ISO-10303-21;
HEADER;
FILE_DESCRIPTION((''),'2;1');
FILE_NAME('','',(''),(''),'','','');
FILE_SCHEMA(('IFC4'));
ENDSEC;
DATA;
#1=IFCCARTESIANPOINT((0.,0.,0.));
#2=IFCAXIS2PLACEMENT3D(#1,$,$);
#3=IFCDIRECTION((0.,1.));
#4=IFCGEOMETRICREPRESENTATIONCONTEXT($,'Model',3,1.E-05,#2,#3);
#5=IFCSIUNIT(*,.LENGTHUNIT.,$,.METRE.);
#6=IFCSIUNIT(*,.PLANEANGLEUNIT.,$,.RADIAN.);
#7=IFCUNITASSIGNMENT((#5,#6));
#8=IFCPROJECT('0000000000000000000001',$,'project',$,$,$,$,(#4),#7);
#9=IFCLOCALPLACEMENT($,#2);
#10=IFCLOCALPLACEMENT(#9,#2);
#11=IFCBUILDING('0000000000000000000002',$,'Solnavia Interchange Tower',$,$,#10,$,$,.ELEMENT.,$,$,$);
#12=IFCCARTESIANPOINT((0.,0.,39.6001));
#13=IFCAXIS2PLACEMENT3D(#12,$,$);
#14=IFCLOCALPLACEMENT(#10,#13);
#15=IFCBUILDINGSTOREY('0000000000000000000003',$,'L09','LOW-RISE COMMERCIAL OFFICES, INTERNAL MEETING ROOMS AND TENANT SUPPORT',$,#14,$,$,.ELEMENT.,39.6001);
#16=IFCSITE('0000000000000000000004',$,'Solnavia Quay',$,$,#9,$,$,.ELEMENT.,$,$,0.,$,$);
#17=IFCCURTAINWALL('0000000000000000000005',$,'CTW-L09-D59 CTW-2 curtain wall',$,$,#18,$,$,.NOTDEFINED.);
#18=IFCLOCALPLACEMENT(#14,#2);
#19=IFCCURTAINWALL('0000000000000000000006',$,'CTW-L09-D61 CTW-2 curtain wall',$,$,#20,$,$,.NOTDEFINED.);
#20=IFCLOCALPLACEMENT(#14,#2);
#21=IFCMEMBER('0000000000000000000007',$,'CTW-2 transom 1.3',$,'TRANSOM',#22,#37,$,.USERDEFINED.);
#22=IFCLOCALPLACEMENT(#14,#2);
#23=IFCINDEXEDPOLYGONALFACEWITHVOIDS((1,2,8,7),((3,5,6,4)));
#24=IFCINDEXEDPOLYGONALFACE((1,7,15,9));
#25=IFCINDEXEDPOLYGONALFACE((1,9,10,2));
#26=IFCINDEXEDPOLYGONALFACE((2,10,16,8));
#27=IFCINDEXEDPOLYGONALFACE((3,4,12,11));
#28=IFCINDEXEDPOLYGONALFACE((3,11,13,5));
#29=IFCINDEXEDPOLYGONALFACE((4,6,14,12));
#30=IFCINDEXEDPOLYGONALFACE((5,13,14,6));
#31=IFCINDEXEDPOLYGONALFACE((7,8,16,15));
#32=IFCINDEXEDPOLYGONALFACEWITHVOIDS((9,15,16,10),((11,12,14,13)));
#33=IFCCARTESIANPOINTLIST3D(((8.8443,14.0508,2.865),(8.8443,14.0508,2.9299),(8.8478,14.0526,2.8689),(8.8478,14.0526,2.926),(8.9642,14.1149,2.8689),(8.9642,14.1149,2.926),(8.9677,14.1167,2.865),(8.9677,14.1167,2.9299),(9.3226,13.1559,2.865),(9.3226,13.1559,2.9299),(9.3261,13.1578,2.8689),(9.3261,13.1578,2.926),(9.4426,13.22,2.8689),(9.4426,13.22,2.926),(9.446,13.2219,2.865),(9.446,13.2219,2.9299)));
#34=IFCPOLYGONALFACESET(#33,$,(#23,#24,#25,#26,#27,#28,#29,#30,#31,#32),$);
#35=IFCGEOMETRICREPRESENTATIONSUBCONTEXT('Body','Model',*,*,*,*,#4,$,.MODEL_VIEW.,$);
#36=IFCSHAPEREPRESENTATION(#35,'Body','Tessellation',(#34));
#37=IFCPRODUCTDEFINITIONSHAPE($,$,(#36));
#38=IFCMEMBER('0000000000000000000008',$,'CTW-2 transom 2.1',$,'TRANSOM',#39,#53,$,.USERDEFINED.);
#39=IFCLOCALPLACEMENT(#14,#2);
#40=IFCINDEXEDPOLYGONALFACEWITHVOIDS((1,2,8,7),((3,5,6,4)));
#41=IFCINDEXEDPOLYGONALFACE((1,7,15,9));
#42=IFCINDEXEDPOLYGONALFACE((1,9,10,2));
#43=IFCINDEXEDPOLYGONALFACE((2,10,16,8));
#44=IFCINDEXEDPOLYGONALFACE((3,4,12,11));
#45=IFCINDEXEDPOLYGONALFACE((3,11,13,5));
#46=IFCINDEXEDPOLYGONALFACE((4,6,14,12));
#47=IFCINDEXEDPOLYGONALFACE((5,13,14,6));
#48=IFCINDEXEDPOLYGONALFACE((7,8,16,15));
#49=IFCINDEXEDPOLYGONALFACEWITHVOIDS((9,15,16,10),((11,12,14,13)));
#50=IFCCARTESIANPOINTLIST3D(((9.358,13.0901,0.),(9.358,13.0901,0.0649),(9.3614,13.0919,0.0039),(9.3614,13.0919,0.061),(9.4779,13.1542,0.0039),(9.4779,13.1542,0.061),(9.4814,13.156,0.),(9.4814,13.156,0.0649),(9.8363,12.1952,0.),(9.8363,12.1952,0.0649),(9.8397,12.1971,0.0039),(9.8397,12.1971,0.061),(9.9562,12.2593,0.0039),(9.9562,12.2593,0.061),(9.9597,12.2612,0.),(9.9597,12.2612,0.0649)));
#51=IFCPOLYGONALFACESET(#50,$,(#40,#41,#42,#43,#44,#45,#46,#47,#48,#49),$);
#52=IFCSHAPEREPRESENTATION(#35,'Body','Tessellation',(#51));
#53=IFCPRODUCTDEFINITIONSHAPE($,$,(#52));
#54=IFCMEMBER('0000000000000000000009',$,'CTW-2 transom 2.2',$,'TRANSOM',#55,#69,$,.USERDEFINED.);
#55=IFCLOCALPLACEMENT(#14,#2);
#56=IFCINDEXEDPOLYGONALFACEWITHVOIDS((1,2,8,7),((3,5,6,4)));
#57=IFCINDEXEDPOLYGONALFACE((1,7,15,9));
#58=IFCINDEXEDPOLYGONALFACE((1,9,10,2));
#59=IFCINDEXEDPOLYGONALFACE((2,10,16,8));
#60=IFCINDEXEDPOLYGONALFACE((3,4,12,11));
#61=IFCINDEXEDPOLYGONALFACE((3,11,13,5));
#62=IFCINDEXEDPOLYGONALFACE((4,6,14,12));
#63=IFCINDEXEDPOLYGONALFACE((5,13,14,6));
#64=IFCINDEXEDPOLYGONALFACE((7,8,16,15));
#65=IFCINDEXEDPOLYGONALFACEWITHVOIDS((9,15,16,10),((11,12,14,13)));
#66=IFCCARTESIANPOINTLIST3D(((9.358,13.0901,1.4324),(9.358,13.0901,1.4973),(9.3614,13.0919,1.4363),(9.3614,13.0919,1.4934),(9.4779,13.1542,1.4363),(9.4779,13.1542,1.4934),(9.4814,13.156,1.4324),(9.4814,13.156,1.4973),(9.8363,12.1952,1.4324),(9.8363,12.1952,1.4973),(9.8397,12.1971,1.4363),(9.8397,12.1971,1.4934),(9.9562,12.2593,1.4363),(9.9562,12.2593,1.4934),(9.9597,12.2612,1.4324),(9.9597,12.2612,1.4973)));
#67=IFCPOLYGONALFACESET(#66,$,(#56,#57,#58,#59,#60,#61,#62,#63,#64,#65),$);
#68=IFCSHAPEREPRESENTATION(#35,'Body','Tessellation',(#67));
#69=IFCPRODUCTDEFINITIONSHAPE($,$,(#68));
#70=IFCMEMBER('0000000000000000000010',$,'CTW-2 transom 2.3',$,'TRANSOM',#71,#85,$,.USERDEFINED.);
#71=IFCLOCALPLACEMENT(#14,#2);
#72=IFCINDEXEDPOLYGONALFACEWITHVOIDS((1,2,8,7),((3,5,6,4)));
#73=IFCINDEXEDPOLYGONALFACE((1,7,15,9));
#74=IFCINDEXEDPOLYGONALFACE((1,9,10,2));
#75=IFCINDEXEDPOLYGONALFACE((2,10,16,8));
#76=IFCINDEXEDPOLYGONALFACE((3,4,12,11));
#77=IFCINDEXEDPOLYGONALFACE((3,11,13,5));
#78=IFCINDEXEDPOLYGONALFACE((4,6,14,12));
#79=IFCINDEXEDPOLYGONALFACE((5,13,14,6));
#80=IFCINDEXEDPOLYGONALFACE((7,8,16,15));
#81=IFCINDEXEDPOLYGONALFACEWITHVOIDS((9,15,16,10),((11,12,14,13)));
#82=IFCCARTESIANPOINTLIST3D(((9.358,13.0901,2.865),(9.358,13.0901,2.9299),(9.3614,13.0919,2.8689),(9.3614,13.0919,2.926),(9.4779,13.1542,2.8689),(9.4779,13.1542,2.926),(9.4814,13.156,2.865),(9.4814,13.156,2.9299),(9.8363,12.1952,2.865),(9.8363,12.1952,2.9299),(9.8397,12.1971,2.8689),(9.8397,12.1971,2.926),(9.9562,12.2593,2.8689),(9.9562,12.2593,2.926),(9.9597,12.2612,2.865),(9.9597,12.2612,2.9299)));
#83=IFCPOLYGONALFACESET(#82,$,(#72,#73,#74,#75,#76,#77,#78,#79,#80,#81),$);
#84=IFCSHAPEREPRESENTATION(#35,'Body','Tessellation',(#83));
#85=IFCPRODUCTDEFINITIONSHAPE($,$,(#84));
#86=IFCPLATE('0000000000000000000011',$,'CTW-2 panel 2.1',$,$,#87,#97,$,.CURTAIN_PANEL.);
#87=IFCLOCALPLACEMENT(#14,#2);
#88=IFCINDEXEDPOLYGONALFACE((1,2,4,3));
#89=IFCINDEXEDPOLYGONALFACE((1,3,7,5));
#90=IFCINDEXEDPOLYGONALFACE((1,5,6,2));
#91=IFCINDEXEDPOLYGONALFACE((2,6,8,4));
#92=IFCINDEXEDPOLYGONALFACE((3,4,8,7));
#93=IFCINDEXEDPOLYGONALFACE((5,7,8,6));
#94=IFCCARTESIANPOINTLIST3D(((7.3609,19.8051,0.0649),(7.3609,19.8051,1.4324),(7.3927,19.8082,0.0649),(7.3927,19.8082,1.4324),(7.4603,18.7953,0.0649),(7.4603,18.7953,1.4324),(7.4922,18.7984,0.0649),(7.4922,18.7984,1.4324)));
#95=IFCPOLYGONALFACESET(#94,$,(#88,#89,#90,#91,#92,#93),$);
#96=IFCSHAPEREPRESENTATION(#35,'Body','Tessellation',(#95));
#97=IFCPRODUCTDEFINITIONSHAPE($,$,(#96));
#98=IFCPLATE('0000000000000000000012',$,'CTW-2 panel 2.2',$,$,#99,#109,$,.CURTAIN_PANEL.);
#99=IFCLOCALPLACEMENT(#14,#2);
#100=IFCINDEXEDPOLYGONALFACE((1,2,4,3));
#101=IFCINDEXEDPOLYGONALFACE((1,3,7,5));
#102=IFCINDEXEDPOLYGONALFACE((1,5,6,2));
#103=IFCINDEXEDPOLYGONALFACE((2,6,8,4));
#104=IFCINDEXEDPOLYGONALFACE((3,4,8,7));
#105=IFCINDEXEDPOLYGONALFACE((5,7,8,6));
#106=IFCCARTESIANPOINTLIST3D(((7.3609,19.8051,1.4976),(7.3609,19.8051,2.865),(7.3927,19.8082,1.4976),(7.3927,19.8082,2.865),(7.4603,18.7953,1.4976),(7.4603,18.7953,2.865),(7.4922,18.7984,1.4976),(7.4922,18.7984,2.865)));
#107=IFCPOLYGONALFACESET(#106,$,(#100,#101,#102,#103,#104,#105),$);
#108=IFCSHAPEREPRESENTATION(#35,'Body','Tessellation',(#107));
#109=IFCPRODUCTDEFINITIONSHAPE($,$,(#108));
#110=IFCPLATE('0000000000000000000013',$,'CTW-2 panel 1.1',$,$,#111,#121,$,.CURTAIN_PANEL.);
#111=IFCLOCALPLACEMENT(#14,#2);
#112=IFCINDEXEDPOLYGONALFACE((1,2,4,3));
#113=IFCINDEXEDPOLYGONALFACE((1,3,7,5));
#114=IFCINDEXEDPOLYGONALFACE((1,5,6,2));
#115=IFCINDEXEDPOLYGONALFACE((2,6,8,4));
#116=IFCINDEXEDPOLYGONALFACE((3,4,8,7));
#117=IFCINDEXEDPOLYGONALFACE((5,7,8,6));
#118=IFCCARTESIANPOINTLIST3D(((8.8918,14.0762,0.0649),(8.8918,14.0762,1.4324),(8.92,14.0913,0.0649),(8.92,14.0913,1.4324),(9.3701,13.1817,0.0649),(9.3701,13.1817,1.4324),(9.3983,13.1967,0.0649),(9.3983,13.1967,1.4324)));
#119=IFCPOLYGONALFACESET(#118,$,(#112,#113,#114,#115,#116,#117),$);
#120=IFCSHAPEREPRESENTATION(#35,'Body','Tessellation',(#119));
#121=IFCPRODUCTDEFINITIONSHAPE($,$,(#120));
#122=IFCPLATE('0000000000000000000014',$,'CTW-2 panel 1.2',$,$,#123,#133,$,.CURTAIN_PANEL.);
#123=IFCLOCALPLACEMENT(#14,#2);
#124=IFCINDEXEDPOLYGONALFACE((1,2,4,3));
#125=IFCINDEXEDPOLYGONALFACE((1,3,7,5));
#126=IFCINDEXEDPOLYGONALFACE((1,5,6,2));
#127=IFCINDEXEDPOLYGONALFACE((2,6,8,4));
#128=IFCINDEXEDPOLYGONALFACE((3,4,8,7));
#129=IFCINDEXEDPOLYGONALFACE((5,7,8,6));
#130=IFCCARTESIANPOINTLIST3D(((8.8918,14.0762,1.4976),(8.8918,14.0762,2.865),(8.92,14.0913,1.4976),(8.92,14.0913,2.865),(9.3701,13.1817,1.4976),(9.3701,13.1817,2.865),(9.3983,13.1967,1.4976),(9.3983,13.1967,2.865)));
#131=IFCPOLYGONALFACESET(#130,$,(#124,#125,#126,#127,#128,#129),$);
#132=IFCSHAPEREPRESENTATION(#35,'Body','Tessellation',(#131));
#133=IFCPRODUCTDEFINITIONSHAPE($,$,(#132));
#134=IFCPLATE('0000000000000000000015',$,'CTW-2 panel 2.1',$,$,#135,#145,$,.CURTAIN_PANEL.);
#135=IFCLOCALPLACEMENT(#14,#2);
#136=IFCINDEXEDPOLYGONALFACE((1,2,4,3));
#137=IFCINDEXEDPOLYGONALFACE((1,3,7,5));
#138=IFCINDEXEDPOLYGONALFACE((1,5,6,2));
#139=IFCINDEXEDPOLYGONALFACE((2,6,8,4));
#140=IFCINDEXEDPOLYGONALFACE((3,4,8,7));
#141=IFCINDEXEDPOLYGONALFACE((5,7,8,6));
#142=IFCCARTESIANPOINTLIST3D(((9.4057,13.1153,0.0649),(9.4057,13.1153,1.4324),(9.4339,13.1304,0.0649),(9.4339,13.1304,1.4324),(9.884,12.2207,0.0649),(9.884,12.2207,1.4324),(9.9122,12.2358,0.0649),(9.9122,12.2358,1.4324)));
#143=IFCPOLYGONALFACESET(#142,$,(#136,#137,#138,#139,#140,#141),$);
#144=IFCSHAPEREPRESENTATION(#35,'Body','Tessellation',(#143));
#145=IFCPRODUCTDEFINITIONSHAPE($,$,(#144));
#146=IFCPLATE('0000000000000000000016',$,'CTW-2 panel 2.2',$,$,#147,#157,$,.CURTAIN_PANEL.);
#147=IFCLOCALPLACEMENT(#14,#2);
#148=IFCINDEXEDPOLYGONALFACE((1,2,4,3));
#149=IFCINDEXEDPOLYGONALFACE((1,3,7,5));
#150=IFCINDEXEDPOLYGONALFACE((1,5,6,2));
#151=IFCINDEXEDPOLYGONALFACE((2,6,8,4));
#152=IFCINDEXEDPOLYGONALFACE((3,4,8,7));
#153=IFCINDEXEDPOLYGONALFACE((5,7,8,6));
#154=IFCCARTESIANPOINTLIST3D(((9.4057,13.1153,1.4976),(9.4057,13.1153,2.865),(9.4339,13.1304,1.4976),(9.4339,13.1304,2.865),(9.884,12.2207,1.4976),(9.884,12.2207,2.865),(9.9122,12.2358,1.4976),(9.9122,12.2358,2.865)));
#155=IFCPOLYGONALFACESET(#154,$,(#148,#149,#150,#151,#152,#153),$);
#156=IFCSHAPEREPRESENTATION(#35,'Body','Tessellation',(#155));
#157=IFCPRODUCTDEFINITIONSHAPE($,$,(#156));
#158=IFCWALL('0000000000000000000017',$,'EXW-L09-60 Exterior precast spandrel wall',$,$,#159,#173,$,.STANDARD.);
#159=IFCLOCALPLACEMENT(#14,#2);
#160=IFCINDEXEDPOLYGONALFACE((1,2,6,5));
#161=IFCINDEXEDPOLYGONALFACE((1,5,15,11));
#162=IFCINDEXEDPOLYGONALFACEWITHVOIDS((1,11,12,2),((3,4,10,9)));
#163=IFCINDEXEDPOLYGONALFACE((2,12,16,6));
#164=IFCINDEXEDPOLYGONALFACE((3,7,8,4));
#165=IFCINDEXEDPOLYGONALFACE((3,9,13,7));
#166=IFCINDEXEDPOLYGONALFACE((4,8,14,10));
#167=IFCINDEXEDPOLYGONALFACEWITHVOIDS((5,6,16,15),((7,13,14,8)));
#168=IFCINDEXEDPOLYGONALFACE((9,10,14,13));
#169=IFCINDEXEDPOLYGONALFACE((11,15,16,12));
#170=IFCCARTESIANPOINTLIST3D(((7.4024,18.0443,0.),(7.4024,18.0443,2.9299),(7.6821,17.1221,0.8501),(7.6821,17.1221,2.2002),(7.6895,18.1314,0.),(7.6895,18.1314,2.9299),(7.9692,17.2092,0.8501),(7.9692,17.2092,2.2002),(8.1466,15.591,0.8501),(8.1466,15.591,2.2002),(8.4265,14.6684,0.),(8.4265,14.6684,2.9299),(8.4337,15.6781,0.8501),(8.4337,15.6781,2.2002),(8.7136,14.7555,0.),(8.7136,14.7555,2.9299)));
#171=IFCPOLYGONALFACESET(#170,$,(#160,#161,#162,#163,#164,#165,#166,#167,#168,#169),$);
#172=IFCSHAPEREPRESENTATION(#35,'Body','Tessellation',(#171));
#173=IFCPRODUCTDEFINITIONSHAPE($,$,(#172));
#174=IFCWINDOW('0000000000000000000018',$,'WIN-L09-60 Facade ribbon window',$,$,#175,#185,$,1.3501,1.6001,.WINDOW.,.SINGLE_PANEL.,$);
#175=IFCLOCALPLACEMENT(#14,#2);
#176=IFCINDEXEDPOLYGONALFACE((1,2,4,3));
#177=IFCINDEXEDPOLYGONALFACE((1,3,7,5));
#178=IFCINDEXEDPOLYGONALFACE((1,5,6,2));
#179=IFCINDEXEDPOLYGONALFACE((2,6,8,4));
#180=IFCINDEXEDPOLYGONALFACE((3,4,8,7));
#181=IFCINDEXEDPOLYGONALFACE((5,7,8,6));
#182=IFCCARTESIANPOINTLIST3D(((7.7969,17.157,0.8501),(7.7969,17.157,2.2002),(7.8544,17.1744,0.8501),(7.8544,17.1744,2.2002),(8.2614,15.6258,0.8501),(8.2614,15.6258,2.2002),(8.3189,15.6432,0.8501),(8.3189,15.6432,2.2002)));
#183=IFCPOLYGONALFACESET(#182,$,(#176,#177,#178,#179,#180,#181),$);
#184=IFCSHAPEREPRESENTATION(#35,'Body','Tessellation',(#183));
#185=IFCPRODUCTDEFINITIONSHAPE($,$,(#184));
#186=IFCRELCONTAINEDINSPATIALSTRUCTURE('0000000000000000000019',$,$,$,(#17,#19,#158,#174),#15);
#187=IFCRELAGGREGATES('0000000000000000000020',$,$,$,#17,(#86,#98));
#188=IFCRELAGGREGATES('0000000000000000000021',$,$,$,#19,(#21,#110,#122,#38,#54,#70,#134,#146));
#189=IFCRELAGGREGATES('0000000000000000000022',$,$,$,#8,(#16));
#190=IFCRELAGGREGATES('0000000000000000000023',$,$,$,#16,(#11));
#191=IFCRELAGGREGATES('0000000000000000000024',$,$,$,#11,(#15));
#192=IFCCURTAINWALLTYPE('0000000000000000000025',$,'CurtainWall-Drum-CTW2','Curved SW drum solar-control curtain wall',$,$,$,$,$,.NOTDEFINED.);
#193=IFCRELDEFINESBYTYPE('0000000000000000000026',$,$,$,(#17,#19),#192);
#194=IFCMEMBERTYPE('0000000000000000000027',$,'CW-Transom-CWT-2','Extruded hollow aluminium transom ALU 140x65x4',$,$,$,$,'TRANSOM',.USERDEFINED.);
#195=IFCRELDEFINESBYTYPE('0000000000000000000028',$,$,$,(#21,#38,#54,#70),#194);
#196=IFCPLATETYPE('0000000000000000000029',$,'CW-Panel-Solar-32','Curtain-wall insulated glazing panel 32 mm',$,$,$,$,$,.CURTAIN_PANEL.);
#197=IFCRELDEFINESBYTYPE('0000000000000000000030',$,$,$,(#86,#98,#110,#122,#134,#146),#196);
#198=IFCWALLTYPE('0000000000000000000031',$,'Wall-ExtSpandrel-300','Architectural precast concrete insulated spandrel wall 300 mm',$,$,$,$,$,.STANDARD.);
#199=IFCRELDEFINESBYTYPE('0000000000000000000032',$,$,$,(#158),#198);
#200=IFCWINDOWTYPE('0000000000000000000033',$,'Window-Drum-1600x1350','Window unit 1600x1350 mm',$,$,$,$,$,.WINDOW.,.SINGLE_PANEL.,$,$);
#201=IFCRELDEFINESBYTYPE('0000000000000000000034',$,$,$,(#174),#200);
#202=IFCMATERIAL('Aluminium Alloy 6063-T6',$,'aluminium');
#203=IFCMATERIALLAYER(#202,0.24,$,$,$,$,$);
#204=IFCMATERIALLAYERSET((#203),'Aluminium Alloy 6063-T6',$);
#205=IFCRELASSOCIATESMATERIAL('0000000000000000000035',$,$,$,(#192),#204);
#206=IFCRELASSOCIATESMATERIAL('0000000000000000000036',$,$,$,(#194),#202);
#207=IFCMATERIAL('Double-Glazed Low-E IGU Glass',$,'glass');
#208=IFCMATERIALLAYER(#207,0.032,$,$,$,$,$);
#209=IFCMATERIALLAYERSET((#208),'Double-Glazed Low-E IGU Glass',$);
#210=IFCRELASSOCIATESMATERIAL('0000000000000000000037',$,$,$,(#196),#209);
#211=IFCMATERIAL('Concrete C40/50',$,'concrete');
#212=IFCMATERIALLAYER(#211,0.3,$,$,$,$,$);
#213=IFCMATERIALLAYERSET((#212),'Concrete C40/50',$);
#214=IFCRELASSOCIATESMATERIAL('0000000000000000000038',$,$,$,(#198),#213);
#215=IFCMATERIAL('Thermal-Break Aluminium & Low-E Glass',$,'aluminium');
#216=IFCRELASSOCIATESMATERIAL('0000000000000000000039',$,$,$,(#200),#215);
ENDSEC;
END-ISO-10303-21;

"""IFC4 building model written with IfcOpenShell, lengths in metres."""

from ifc_helpers import new_model, si_unit, direction, frame, frame_2d, origin, origin_2d, place, context, subcontext, project, spatial, rectangle, hollow_rectangle, extrude, material, layer, layer_set, material_profile, profile_set, type_object, element, fill, aggregate, save


model = new_model("IFC4")

# Units and contexts
model_context = context("Model", 3, precision=1e-05, world=origin(), true_north=direction((0.0, 1.0)))
body_context = subcontext(model_context, "Body", "Model", "MODEL_VIEW")
ifc_project = project(units=[si_unit("LENGTHUNIT", "METRE"), si_unit("PLANEANGLEUNIT", "RADIAN")], contexts=[model_context])

# Site, building, storey
site_placement = place(None, origin())
site = spatial("IfcSite", under=ifc_project, at=site_placement, Name="Solnavia Quay", CompositionType="ELEMENT", RefElevation=0.0)
building_placement = place(site_placement, origin())
building = spatial("IfcBuilding", under=site, at=building_placement, Name="Solnavia Interchange Tower", CompositionType="ELEMENT")
storey_placement = place(building_placement, frame((0.0, 0.0, 39.6001)))
storey = spatial("IfcBuildingStorey", under=building, at=storey_placement, Name="L09", Description="LOW-RISE COMMERCIAL OFFICES, INTERNAL MEETING ROOMS AND TENANT SUPPORT", CompositionType="ELEMENT", Elevation=39.6001)

# Curtain wall
ifc_material_1 = material(Name="Aluminium Alloy 6063-T6", Category="aluminium")
ifc_layer_1 = layer(ifc_material_1, 0.24)
ifc_layer_set_1 = layer_set([ifc_layer_1], Name="Aluminium Alloy 6063-T6")
curtain_wall_type = type_object("IfcCurtainWallType", Name="CurtainWall-Drum-CTW2", Description="Curved SW drum solar-control curtain wall", PredefinedType="NOTDEFINED", material=ifc_layer_set_1)
curtain_wall_1_placement = place(storey_placement, origin())
curtain_wall_1 = element("IfcCurtainWall", 1, at=curtain_wall_1_placement, inside=storey, type_object=curtain_wall_type, Name="CTW-L09-D59 CTW-2 curtain wall", PredefinedType="NOTDEFINED")

# Curtain wall, members
curtain_wall_2_placement = place(storey_placement, origin())
curtain_wall_2 = element("IfcCurtainWall", 2, at=curtain_wall_2_placement, inside=storey, type_object=curtain_wall_type, Name="CTW-L09-D61 CTW-2 curtain wall", PredefinedType="NOTDEFINED")
ifc_material_profile_1 = material_profile(ifc_material_1, hollow_rectangle(XDim=0.0649, YDim=0.1399, WallThickness=0.0039, at=origin_2d()), Name="ALU 140x65x4")
ifc_profile_set_1 = profile_set([ifc_material_profile_1], Name="Aluminium Alloy 6063-T6")
member_type_1 = type_object("IfcMemberType", Name="CW-Transom-CWT-2", Description="Extruded hollow aluminium transom ALU 140x65x4", ElementType="TRANSOM", PredefinedType="USERDEFINED", material=ifc_profile_set_1)
member_1_placement = place(storey_placement, frame((8.906, 14.0837, 2.8975), z_axis=(0.4714, -0.88192, 0.0), x_axis=(0.0, 0.0, 1.0)))
member_1 = element("IfcMember", 3, at=member_1_placement, type_object=member_type_1, Name="CTW-2 transom 1.3", ObjectType="TRANSOM", PredefinedType="USERDEFINED", context=body_context, shape_type="SweptSolid", body=[
    extrude(hollow_rectangle(XDim=0.0649, YDim=0.1399, WallThickness=0.0039, at=origin_2d()), origin(), (0.0, 0.0, 1.0), 1.0146),
])
member_2_placement = place(storey_placement, frame((9.4197, 13.123, 0.0325), z_axis=(0.4714, -0.88192, 0.0), x_axis=(0.0, 0.0, 1.0)))
member_2 = element("IfcMember", 4, at=member_2_placement, type_object=member_type_1, Name="CTW-2 transom 2.1", ObjectType="TRANSOM", PredefinedType="USERDEFINED", context=body_context, shape_type="SweptSolid", body=[
    extrude(hollow_rectangle(XDim=0.0649, YDim=0.1399, WallThickness=0.0039, at=origin_2d()), origin(), (0.0, 0.0, 1.0), 1.0146),
])
member_3_placement = place(storey_placement, frame((9.4197, 13.123, 1.4648), z_axis=(0.4714, -0.88192, 0.0), x_axis=(0.0, 0.0, 1.0)))
member_3 = element("IfcMember", 5, at=member_3_placement, type_object=member_type_1, Name="CTW-2 transom 2.2", ObjectType="TRANSOM", PredefinedType="USERDEFINED", context=body_context, shape_type="SweptSolid", body=[
    extrude(hollow_rectangle(XDim=0.0649, YDim=0.1399, WallThickness=0.0039, at=origin_2d()), origin(), (0.0, 0.0, 1.0), 1.0146),
])
member_4_placement = place(storey_placement, frame((9.4197, 13.123, 2.8975), z_axis=(0.4714, -0.88192, 0.0), x_axis=(0.0, 0.0, 1.0)))
member_4 = element("IfcMember", 6, at=member_4_placement, type_object=member_type_1, Name="CTW-2 transom 2.3", ObjectType="TRANSOM", PredefinedType="USERDEFINED", context=body_context, shape_type="SweptSolid", body=[
    extrude(hollow_rectangle(XDim=0.0649, YDim=0.1399, WallThickness=0.0039, at=origin_2d()), origin(), (0.0, 0.0, 1.0), 1.0146),
])

# Plates
ifc_material_2 = material(Name="Double-Glazed Low-E IGU Glass", Category="glass")
ifc_layer_2 = layer(ifc_material_2, 0.032)
ifc_layer_set_2 = layer_set([ifc_layer_2], Name="Double-Glazed Low-E IGU Glass")
plate_type = type_object("IfcPlateType", Name="CW-Panel-Solar-32", Description="Curtain-wall insulated glazing panel 32 mm", PredefinedType="CURTAIN_PANEL", material=ifc_layer_set_2)
plate_1_placement = place(storey_placement, frame((7.4265, 19.3018, 0.0649), z_axis=(0.0, 0.0, 1.0), x_axis=(0.098045, -0.995182, 0.0)))
plate_1 = element("IfcPlate", 7, at=plate_1_placement, type_object=plate_type, Name="CTW-2 panel 2.1", PredefinedType="CURTAIN_PANEL", context=body_context, shape_type="SweptSolid", body=[
    extrude(rectangle(XDim=1.0146, YDim=0.032, at=origin_2d()), origin(), (0.0, 0.0, 1.0), 1.3674),
])
plate_2_placement = place(storey_placement, frame((7.4265, 19.3018, 1.4976), z_axis=(0.0, 0.0, 1.0), x_axis=(0.098045, -0.995182, 0.0)))
plate_2 = element("IfcPlate", 8, at=plate_2_placement, type_object=plate_type, Name="CTW-2 panel 2.2", PredefinedType="CURTAIN_PANEL", context=body_context, shape_type="SweptSolid", body=[
    extrude(rectangle(XDim=1.0146, YDim=0.032, at=origin_2d()), origin(), (0.0, 0.0, 1.0), 1.3674),
])
aggregate(curtain_wall_1, [plate_1, plate_2])
plate_3_placement = place(storey_placement, frame((9.145, 13.6365, 0.0649), z_axis=(0.0, 0.0, 1.0), x_axis=(0.471537, -0.881846, 0.0)))
plate_3 = element("IfcPlate", 9, at=plate_3_placement, type_object=plate_type, Name="CTW-2 panel 1.1", PredefinedType="CURTAIN_PANEL", context=body_context, shape_type="SweptSolid", body=[
    extrude(rectangle(XDim=1.0144, YDim=0.032, at=origin_2d()), origin(), (0.0, 0.0, 1.0), 1.3674),
])
plate_4_placement = place(storey_placement, frame((9.145, 13.6365, 1.4976), z_axis=(0.0, 0.0, 1.0), x_axis=(0.471537, -0.881846, 0.0)))
plate_4 = element("IfcPlate", 10, at=plate_4_placement, type_object=plate_type, Name="CTW-2 panel 1.2", PredefinedType="CURTAIN_PANEL", context=body_context, shape_type="SweptSolid", body=[
    extrude(rectangle(XDim=1.0144, YDim=0.032, at=origin_2d()), origin(), (0.0, 0.0, 1.0), 1.3674),
])
plate_5_placement = place(storey_placement, frame((9.6589, 12.6755, 0.0649), z_axis=(0.0, 0.0, 1.0), x_axis=(0.471537, -0.881846, 0.0)))
plate_5 = element("IfcPlate", 11, at=plate_5_placement, type_object=plate_type, Name="CTW-2 panel 2.1", PredefinedType="CURTAIN_PANEL", context=body_context, shape_type="SweptSolid", body=[
    extrude(rectangle(XDim=1.0144, YDim=0.032, at=origin_2d()), origin(), (0.0, 0.0, 1.0), 1.3674),
])
plate_6_placement = place(storey_placement, frame((9.6589, 12.6755, 1.4976), z_axis=(0.0, 0.0, 1.0), x_axis=(0.471537, -0.881846, 0.0)))
plate_6 = element("IfcPlate", 12, at=plate_6_placement, type_object=plate_type, Name="CTW-2 panel 2.2", PredefinedType="CURTAIN_PANEL", context=body_context, shape_type="SweptSolid", body=[
    extrude(rectangle(XDim=1.0144, YDim=0.032, at=origin_2d()), origin(), (0.0, 0.0, 1.0), 1.3674),
])
aggregate(curtain_wall_2, [member_1, plate_3, plate_4, member_2, member_3, member_4, plate_5, plate_6])

# Wall, opening, window
ifc_material_3 = material(Name="Concrete C40/50", Category="concrete")
ifc_layer_3 = layer(ifc_material_3, 0.3)
ifc_layer_set_3 = layer_set([ifc_layer_3], Name="Concrete C40/50")
wall_type_1 = type_object("IfcWallType", Name="Wall-ExtSpandrel-300", Description="Architectural precast concrete insulated spandrel wall 300 mm", PredefinedType="STANDARD", material=ifc_layer_set_3)
wall_1_placement = place(storey_placement, frame((8.5701, 14.7119, 0.0), z_axis=(0.0, 0.0, 1.0), x_axis=(-0.290305, 0.956934, 0.0)))
wall_1 = element("IfcWall", 13, at=wall_1_placement, inside=storey, type_object=wall_type_1, Name="EXW-L09-60 Exterior precast spandrel wall", PredefinedType="STANDARD", context=body_context, shape_type="SweptSolid", body=[
    extrude(rectangle(XDim=3.5278, YDim=0.3, at=frame_2d((1.7639, 0.0))), origin(), (0.0, 0.0, 1.0), 2.9299),
])
opening_1_placement = place(wall_1_placement, frame((0.9641, 0.0, 0.8501)))
opening_1 = element("IfcOpeningElement", 14, at=opening_1_placement, cuts=wall_1, PredefinedType="OPENING", context=body_context, shape_type="SweptSolid", body=[
    extrude(rectangle(XDim=1.6001, YDim=1.3501, at=frame_2d((0.8, 0.675))), frame((0.0, 0.1602, 0.0), z_axis=(0.0, -1.0, 0.0), x_axis=(1.0, 0.0, 0.0)), (0.0, 0.0, 1.0), 0.3201),
])
ifc_material_4 = material(Name="Thermal-Break Aluminium & Low-E Glass", Category="aluminium")
window_type = type_object("IfcWindowType", Name="Window-Drum-1600x1350", Description="Window unit 1600x1350 mm", PartitioningType="SINGLE_PANEL", PredefinedType="WINDOW", material=ifc_material_4)
window_placement = place(opening_1_placement, origin())
window = element("IfcWindow", 15, at=window_placement, inside=storey, type_object=window_type, Name="WIN-L09-60 Facade ribbon window", OverallHeight=1.3501, OverallWidth=1.6001, PartitioningType="SINGLE_PANEL", PredefinedType="WINDOW", context=body_context, shape_type="SweptSolid", body=[
    extrude(rectangle(XDim=1.6001, YDim=1.3501, at=frame_2d((0.8, 0.675))), frame((0.0, 0.03, 0.0), z_axis=(0.0, -1.0, 0.0), x_axis=(1.0, 0.0, 0.0)), (0.0, 0.0, 1.0), 0.0601),
])
fill(opening_1, window)

save(model, "model.ifc")
